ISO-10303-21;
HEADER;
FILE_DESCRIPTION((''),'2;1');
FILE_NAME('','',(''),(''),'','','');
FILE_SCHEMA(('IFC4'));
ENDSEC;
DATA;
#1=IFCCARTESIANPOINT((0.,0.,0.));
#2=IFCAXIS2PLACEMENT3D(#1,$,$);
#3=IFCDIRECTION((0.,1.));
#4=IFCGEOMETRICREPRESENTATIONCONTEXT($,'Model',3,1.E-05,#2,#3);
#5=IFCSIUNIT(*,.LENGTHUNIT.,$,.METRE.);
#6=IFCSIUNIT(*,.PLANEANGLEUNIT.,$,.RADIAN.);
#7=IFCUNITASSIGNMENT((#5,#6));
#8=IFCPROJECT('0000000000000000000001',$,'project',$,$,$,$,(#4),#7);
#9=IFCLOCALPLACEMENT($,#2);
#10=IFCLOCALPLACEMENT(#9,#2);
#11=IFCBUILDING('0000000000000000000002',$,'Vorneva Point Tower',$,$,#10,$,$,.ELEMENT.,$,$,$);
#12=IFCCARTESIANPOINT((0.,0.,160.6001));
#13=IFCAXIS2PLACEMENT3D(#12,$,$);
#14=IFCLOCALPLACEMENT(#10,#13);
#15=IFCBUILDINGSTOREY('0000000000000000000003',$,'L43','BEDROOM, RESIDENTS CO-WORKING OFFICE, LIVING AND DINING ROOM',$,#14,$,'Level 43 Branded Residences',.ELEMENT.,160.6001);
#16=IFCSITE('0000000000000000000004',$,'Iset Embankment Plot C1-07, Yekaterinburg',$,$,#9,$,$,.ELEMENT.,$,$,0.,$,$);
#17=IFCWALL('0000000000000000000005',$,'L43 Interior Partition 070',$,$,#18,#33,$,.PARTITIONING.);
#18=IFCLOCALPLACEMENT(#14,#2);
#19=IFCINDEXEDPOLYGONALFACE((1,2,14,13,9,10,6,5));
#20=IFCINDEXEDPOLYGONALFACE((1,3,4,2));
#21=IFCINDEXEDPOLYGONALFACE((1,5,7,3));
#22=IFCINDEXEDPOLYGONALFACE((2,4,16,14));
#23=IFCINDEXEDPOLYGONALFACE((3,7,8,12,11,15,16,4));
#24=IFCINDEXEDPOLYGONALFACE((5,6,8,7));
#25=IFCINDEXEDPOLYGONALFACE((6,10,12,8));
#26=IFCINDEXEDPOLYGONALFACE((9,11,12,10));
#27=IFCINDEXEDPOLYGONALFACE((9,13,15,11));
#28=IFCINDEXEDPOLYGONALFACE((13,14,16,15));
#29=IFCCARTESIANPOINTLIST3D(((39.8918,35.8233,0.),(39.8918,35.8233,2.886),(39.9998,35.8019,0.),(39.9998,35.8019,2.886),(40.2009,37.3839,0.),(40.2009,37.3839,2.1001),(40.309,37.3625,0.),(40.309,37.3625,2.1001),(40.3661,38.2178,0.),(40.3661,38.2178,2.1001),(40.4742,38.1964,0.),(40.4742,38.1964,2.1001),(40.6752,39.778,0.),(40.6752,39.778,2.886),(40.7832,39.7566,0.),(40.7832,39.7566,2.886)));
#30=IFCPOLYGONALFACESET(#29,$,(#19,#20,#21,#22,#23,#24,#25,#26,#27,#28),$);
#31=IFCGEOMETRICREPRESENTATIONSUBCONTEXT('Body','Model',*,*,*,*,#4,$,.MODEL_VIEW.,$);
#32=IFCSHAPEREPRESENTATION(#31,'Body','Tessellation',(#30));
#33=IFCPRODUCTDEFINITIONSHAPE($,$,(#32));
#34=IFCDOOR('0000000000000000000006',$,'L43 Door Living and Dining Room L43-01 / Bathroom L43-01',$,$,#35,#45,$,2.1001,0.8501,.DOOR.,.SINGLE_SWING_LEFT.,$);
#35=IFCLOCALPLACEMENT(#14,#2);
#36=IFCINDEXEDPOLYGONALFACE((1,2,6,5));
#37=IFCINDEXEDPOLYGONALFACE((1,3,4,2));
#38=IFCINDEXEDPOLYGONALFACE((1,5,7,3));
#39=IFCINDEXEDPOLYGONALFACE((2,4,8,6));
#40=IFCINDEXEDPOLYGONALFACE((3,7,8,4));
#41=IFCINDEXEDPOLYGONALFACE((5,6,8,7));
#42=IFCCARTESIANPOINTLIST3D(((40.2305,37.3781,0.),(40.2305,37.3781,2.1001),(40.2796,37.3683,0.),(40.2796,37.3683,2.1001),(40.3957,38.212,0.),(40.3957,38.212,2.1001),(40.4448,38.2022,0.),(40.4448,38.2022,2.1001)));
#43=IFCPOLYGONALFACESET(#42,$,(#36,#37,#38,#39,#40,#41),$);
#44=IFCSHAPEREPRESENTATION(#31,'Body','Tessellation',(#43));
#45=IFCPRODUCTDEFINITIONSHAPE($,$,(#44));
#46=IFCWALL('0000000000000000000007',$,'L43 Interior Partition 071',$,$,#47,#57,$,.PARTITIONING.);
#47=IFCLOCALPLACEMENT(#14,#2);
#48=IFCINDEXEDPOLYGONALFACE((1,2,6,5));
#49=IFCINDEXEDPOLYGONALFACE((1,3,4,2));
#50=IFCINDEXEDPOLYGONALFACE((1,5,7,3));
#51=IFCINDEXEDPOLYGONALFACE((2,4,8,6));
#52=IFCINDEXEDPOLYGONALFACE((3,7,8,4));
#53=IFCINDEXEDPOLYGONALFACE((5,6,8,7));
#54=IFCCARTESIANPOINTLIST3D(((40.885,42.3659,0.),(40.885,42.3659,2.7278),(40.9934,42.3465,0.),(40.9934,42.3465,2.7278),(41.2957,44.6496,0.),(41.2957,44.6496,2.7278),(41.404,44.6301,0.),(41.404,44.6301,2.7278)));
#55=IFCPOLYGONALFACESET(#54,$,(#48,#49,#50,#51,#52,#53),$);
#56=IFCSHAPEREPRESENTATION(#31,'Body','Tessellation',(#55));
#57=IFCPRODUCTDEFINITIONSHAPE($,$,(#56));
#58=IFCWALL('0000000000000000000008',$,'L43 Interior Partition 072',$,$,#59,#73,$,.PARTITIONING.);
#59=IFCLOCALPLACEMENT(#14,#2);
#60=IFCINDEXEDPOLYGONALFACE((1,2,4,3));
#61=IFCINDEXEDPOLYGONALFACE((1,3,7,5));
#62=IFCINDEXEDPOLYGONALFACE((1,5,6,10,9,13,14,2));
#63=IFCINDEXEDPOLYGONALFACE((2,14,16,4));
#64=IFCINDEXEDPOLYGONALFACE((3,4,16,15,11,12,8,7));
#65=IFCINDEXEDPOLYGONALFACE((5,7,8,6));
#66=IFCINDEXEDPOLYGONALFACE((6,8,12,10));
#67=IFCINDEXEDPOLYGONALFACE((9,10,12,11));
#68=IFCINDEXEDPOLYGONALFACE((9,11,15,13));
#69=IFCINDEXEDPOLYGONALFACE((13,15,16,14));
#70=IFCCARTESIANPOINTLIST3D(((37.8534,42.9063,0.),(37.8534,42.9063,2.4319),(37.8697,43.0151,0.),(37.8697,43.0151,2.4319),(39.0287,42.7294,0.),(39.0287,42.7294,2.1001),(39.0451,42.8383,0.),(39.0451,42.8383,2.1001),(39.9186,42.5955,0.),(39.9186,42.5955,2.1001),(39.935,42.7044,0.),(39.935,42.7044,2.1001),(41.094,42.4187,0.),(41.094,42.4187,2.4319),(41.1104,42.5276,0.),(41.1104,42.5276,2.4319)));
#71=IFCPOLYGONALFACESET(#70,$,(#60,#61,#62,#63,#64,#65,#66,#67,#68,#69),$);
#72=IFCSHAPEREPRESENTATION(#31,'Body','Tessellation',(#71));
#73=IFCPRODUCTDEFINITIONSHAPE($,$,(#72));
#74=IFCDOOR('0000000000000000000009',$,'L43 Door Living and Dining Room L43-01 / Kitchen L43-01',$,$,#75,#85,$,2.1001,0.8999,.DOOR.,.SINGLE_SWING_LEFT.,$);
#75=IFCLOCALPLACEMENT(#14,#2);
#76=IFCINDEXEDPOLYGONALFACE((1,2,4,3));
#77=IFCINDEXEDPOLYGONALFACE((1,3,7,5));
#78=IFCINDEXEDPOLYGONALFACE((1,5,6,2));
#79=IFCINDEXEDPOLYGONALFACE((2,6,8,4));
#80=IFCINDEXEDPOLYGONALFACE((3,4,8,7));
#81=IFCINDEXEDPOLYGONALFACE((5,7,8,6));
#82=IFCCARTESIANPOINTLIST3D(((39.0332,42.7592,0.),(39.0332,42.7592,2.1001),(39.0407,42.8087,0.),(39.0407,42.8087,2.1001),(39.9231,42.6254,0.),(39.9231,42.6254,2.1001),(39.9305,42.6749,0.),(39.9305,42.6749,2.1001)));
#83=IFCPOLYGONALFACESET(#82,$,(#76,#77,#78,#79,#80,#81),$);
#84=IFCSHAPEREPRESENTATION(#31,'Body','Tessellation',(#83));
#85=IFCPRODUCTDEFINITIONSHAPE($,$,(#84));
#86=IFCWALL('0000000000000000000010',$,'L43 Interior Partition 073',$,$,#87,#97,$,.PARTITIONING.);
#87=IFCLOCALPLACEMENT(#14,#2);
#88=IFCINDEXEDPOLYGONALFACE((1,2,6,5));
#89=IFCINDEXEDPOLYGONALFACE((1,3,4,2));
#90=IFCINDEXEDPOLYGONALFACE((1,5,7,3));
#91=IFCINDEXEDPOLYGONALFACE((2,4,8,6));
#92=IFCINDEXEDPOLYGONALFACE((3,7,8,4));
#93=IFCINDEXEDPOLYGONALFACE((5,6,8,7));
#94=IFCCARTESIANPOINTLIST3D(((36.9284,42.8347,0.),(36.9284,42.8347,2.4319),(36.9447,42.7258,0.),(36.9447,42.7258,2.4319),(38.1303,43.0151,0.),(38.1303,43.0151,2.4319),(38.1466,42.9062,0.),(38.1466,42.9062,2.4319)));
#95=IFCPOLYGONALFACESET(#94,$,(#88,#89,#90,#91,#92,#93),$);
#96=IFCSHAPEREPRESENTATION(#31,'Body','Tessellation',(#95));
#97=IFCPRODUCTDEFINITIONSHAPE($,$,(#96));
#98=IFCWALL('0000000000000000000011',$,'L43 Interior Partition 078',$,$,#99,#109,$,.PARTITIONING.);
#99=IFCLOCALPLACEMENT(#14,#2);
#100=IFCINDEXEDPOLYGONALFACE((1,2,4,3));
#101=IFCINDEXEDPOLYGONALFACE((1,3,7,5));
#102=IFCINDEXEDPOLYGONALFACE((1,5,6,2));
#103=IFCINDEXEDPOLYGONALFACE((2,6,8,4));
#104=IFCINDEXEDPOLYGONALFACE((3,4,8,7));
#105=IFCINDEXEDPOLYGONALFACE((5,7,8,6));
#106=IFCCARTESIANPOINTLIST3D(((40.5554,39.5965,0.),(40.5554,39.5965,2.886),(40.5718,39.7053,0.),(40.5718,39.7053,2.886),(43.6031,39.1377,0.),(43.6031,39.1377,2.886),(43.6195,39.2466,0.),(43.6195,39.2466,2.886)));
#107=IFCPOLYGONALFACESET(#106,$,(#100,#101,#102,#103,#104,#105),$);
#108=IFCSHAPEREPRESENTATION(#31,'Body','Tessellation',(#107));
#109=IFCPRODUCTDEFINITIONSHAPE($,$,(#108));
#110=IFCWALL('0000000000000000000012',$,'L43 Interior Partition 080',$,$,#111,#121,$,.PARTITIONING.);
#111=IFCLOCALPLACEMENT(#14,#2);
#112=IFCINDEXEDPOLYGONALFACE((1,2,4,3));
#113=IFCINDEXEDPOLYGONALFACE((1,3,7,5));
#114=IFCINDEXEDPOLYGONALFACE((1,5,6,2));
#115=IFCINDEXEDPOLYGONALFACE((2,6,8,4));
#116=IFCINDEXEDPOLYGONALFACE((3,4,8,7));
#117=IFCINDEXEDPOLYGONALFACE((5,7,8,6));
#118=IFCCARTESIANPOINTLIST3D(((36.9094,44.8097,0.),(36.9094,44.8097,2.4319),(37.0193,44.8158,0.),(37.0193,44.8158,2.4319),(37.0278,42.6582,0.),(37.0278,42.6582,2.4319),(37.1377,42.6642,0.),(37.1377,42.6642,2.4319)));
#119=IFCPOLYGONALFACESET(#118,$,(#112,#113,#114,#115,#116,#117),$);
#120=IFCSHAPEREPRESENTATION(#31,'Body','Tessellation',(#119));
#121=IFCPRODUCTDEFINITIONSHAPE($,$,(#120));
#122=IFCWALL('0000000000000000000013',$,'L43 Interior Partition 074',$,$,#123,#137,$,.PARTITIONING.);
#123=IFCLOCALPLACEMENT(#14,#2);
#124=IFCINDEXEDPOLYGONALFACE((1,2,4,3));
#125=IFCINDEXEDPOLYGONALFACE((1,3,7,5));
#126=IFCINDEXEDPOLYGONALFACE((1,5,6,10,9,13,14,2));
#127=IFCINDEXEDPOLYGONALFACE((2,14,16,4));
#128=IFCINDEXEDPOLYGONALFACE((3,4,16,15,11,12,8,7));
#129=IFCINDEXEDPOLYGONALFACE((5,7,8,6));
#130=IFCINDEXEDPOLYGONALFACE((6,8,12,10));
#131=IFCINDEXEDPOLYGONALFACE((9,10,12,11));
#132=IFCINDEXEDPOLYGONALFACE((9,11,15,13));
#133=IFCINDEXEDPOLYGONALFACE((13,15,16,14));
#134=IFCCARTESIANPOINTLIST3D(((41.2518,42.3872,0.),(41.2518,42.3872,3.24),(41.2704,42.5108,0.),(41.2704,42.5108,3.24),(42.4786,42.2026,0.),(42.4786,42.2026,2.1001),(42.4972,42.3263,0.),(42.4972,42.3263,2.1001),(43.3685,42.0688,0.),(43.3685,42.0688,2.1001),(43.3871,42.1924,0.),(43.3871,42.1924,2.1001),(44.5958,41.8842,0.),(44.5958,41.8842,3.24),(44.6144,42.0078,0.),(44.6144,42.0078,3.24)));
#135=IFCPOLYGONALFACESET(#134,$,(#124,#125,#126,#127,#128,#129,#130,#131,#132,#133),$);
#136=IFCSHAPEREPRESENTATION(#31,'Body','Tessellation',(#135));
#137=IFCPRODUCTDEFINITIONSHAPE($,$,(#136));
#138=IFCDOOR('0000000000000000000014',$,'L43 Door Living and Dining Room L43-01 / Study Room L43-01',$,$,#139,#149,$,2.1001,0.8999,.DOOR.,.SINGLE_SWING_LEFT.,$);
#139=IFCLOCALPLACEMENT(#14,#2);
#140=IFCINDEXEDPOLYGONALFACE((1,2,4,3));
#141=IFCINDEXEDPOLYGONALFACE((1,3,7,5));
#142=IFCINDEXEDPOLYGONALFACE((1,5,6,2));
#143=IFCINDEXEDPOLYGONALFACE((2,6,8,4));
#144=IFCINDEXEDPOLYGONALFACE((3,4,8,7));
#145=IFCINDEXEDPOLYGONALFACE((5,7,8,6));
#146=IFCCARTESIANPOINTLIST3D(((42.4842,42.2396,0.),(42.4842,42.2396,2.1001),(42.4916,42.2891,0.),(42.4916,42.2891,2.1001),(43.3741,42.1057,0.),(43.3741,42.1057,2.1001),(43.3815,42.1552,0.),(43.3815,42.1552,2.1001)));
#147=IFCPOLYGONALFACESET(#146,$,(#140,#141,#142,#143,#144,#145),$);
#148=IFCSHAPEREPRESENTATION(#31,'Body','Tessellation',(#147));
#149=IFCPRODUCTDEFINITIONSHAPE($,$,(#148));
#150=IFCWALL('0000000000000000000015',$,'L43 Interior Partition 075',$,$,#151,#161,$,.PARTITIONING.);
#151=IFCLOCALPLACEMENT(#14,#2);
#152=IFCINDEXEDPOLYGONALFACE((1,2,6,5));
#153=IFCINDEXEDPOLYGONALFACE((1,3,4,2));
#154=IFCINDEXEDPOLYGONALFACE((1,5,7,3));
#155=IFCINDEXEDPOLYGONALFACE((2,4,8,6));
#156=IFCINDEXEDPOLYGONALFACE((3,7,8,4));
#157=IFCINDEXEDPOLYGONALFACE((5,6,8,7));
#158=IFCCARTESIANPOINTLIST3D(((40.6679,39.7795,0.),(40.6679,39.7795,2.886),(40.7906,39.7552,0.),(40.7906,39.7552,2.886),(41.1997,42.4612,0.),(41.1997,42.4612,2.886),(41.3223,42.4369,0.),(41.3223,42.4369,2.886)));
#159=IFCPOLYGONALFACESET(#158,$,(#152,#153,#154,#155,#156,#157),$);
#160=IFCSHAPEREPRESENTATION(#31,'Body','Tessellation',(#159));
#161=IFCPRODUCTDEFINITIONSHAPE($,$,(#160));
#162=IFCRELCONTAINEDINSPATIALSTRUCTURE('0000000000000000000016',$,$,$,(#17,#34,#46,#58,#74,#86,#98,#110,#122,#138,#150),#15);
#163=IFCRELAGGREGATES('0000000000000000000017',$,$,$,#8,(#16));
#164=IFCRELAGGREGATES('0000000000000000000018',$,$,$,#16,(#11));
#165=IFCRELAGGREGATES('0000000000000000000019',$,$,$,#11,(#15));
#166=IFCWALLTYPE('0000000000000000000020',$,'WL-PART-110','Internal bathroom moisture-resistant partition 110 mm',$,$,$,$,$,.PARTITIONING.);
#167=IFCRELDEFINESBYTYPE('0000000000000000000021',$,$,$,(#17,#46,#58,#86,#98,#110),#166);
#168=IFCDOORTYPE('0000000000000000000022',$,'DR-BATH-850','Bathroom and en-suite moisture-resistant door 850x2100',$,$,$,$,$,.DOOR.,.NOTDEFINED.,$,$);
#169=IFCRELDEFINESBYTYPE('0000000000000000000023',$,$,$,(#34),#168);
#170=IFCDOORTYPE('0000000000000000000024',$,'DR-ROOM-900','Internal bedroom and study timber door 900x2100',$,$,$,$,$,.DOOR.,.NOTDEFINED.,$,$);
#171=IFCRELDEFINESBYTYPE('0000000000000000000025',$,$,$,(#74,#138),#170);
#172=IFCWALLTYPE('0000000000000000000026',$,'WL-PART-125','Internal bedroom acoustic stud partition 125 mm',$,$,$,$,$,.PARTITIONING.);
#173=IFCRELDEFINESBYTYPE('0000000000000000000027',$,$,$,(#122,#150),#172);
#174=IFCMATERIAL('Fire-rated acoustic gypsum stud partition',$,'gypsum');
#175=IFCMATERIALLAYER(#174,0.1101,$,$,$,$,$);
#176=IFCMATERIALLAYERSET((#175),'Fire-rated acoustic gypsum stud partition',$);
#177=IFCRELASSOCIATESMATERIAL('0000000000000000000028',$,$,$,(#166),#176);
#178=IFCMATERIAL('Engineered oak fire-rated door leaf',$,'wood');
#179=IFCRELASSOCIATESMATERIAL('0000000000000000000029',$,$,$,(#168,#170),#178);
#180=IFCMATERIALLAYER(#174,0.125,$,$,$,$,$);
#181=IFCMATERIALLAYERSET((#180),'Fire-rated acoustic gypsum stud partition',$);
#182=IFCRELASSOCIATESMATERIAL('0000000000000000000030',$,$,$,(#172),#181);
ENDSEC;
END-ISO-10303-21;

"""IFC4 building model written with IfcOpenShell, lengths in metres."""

from ifc_helpers import new_model, si_unit, direction, frame, frame_2d, origin, place, context, subcontext, project, spatial, rectangle, extrude, material, layer, layer_set, type_object, element, fill, save


model = new_model("IFC4")

# Units and contexts
model_context = context("Model", 3, precision=1e-05, world=origin(), true_north=direction((0.0, 1.0)))
body_context = subcontext(model_context, "Body", "Model", "MODEL_VIEW")
ifc_project = project(units=[si_unit("LENGTHUNIT", "METRE"), si_unit("PLANEANGLEUNIT", "RADIAN")], contexts=[model_context])

# Site, building, storey
site_placement = place(None, origin())
site = spatial("IfcSite", under=ifc_project, at=site_placement, Name="Iset Embankment Plot C1-07, Yekaterinburg", CompositionType="ELEMENT", RefElevation=0.0)
building_placement = place(site_placement, origin())
building = spatial("IfcBuilding", under=site, at=building_placement, Name="Vorneva Point Tower", CompositionType="ELEMENT")
storey_placement = place(building_placement, frame((0.0, 0.0, 160.6001)))
storey = spatial("IfcBuildingStorey", under=building, at=storey_placement, Name="L43", Description="BEDROOM, RESIDENTS CO-WORKING OFFICE, LIVING AND DINING ROOM", LongName="Level 43 Branded Residences", CompositionType="ELEMENT", Elevation=160.6001)

# Wall, opening, door
ifc_material_1 = material(Name="Fire-rated acoustic gypsum stud partition", Category="gypsum")
ifc_layer_1 = layer(ifc_material_1, 0.1101)
ifc_layer_set_1 = layer_set([ifc_layer_1], Name="Fire-rated acoustic gypsum stud partition")
wall_type_1 = type_object("IfcWallType", Name="WL-PART-110", Description="Internal bathroom moisture-resistant partition 110 mm", PredefinedType="PARTITIONING", material=ifc_layer_set_1)
wall_1_placement = place(storey_placement, frame((39.9458, 35.8127, 0.0), z_axis=(0.0, 0.0, 1.0), x_axis=(0.194334, 0.980935, 0.0)))
wall_1 = element("IfcWall", 1, at=wall_1_placement, inside=storey, type_object=wall_type_1, Name="L43 Interior Partition 070", PredefinedType="PARTITIONING", context=body_context, shape_type="SweptSolid", body=[
    extrude(rectangle(XDim=4.0315, YDim=0.1101, at=frame_2d((2.0156, 0.0))), origin(), (0.0, 0.0, 1.0), 2.886),
])
opening_1_placement = place(wall_1_placement, frame((1.5908, 0.0, 0.0)))
opening_1 = element("IfcOpeningElement", 2, at=opening_1_placement, cuts=wall_1, PredefinedType="OPENING", context=body_context, shape_type="SweptSolid", body=[
    extrude(rectangle(XDim=0.8501, YDim=2.1001, at=frame_2d((0.425, 1.05))), frame((0.0, 0.0698, 0.0), z_axis=(0.0, -1.0, 0.0), x_axis=(1.0, 0.0, 0.0)), (0.0, 0.0, 1.0), 0.1399),
])
ifc_material_2 = material(Name="Engineered oak fire-rated door leaf", Category="wood")
door_type_1 = type_object("IfcDoorType", Name="DR-BATH-850", Description="Bathroom and en-suite moisture-resistant door 850x2100", OperationType="NOTDEFINED", PredefinedType="DOOR", material=ifc_material_2)
door_1_placement = place(opening_1_placement, origin())
door_1 = element("IfcDoor", 3, at=door_1_placement, inside=storey, type_object=door_type_1, Name="L43 Door Living and Dining Room L43-01 / Bathroom L43-01", OperationType="SINGLE_SWING_LEFT", OverallHeight=2.1001, OverallWidth=0.8501, PredefinedType="DOOR", context=body_context, shape_type="SweptSolid", body=[
    extrude(rectangle(XDim=0.8501, YDim=2.1001, at=frame_2d((0.425, 1.05))), frame((0.0, 0.0249, 0.0), z_axis=(0.0, -1.0, 0.0), x_axis=(1.0, 0.0, 0.0)), (0.0, 0.0, 1.0), 0.05),
])
fill(opening_1, door_1)

# Wall
wall_2_placement = place(storey_placement, frame((41.3499, 44.6399, 0.0), z_axis=(0.0, 0.0, 1.0), x_axis=(-0.176978, -0.984215, 0.0)))
element("IfcWall", 4, at=wall_2_placement, inside=storey, type_object=wall_type_1, Name="L43 Interior Partition 071", PredefinedType="PARTITIONING", context=body_context, shape_type="SweptSolid", body=[
    extrude(rectangle(XDim=2.3203, YDim=0.1101, at=frame_2d((1.1602, 0.0))), origin(), (0.0, 0.0, 1.0), 2.7278),
])

# Wall, opening, door
wall_3_placement = place(storey_placement, frame((41.1023, 42.4731, 0.0), z_axis=(0.0, 0.0, 1.0), x_axis=(-0.988872, 0.14877, 0.0)))
wall_3 = element("IfcWall", 5, at=wall_3_placement, inside=storey, type_object=wall_type_1, Name="L43 Interior Partition 072", PredefinedType="PARTITIONING", context=body_context, shape_type="SweptSolid", body=[
    extrude(rectangle(XDim=3.2771, YDim=0.1101, at=frame_2d((1.6387, 0.0))), origin(), (0.0, 0.0, 1.0), 2.4319),
])
opening_2_placement = place(wall_3_placement, frame((1.1887, 0.0, 0.0)))
opening_2 = element("IfcOpeningElement", 6, at=opening_2_placement, cuts=wall_3, PredefinedType="OPENING", context=body_context, shape_type="SweptSolid", body=[
    extrude(rectangle(XDim=0.8999, YDim=2.1001, at=frame_2d((0.45, 1.05))), frame((0.0, 0.0698, 0.0), z_axis=(0.0, -1.0, 0.0), x_axis=(1.0, 0.0, 0.0)), (0.0, 0.0, 1.0), 0.1399),
])
door_type_2 = type_object("IfcDoorType", Name="DR-ROOM-900", Description="Internal bedroom and study timber door 900x2100", OperationType="NOTDEFINED", PredefinedType="DOOR", material=ifc_material_2)
door_2_placement = place(opening_2_placement, origin())
door_2 = element("IfcDoor", 7, at=door_2_placement, inside=storey, type_object=door_type_2, Name="L43 Door Living and Dining Room L43-01 / Kitchen L43-01", OperationType="SINGLE_SWING_LEFT", OverallHeight=2.1001, OverallWidth=0.8999, PredefinedType="DOOR", context=body_context, shape_type="SweptSolid", body=[
    extrude(rectangle(XDim=0.8999, YDim=2.1001, at=frame_2d((0.45, 1.05))), frame((0.0, 0.0249, 0.0), z_axis=(0.0, -1.0, 0.0), x_axis=(1.0, 0.0, 0.0)), (0.0, 0.0, 1.0), 0.05),
])
fill(opening_2, door_2)

# Walls
wall_4_placement = place(storey_placement, frame((38.1384, 42.9607, 0.0), z_axis=(0.0, 0.0, 1.0), x_axis=(-0.98892, -0.148449, 0.0)))
element("IfcWall", 8, at=wall_4_placement, inside=storey, type_object=wall_type_1, Name="L43 Interior Partition 073", PredefinedType="PARTITIONING", context=body_context, shape_type="SweptSolid", body=[
    extrude(rectangle(XDim=1.2153, YDim=0.1101, at=frame_2d((0.6077, 0.0))), origin(), (0.0, 0.0, 1.0), 2.4319),
])
wall_5_placement = place(storey_placement, frame((43.6113, 39.1921, 0.0), z_axis=(0.0, 0.0, 1.0), x_axis=(-0.98886, 0.148848, 0.0)))
element("IfcWall", 9, at=wall_5_placement, inside=storey, type_object=wall_type_1, Name="L43 Interior Partition 078", PredefinedType="PARTITIONING", context=body_context, shape_type="SweptSolid", body=[
    extrude(rectangle(XDim=3.082, YDim=0.1101, at=frame_2d((1.541, 0.0))), origin(), (0.0, 0.0, 1.0), 2.886),
])
wall_6_placement = place(storey_placement, frame((36.9644, 44.8127, 0.0), z_axis=(0.0, 0.0, 1.0), x_axis=(0.054949, -0.998489, 0.0)))
element("IfcWall", 10, at=wall_6_placement, inside=storey, type_object=wall_type_1, Name="L43 Interior Partition 080", PredefinedType="PARTITIONING", context=body_context, shape_type="SweptSolid", body=[
    extrude(rectangle(XDim=2.1548, YDim=0.1101, at=frame_2d((1.0774, 0.0))), origin(), (0.0, 0.0, 1.0), 2.4319),
])

# Wall, opening, door
ifc_layer_2 = layer(ifc_material_1, 0.125)
ifc_layer_set_2 = layer_set([ifc_layer_2], Name="Fire-rated acoustic gypsum stud partition")
wall_type_2 = type_object("IfcWallType", Name="WL-PART-125", Description="Internal bedroom acoustic stud partition 125 mm", PredefinedType="PARTITIONING", material=ifc_layer_set_2)
wall_7_placement = place(storey_placement, frame((41.261, 42.449, 0.0), z_axis=(0.0, 0.0, 1.0), x_axis=(0.988879, -0.148725, 0.0)))
wall_7 = element("IfcWall", 11, at=wall_7_placement, inside=storey, type_object=wall_type_2, Name="L43 Interior Partition 074", PredefinedType="PARTITIONING", context=body_context, shape_type="SweptSolid", body=[
    extrude(rectangle(XDim=3.3816, YDim=0.125, at=frame_2d((1.6909, 0.0))), origin(), (0.0, 0.0, 1.0), 3.24),
])
opening_3_placement = place(wall_7_placement, frame((1.2407, 0.0, 0.0)))
opening_3 = element("IfcOpeningElement", 12, at=opening_3_placement, cuts=wall_7, PredefinedType="OPENING", context=body_context, shape_type="SweptSolid", body=[
    extrude(rectangle(XDim=0.8999, YDim=2.1001, at=frame_2d((0.45, 1.05))), frame((0.0, 0.0774, 0.0), z_axis=(0.0, -1.0, 0.0), x_axis=(1.0, 0.0, 0.0)), (0.0, 0.0, 1.0), 0.1548),
])
door_3_placement = place(opening_3_placement, origin())
door_3 = element("IfcDoor", 13, at=door_3_placement, inside=storey, type_object=door_type_2, Name="L43 Door Living and Dining Room L43-01 / Study Room L43-01", OperationType="SINGLE_SWING_LEFT", OverallHeight=2.1001, OverallWidth=0.8999, PredefinedType="DOOR", context=body_context, shape_type="SweptSolid", body=[
    extrude(rectangle(XDim=0.8999, YDim=2.1001, at=frame_2d((0.45, 1.05))), frame((0.0, 0.0249, 0.0), z_axis=(0.0, -1.0, 0.0), x_axis=(1.0, 0.0, 0.0)), (0.0, 0.0, 1.0), 0.05),
])
fill(opening_3, door_3)

# Wall
wall_8_placement = place(storey_placement, frame((40.7292, 39.7673, 0.0), z_axis=(0.0, 0.0, 1.0), x_axis=(0.194502, 0.980902, 0.0)))
element("IfcWall", 14, at=wall_8_placement, inside=storey, type_object=wall_type_2, Name="L43 Interior Partition 075", PredefinedType="PARTITIONING", context=body_context, shape_type="SweptSolid", body=[
    extrude(rectangle(XDim=2.7339, YDim=0.125, at=frame_2d((1.3669, 0.0))), origin(), (0.0, 0.0, 1.0), 2.886),
])

save(model, "model.ifc")
